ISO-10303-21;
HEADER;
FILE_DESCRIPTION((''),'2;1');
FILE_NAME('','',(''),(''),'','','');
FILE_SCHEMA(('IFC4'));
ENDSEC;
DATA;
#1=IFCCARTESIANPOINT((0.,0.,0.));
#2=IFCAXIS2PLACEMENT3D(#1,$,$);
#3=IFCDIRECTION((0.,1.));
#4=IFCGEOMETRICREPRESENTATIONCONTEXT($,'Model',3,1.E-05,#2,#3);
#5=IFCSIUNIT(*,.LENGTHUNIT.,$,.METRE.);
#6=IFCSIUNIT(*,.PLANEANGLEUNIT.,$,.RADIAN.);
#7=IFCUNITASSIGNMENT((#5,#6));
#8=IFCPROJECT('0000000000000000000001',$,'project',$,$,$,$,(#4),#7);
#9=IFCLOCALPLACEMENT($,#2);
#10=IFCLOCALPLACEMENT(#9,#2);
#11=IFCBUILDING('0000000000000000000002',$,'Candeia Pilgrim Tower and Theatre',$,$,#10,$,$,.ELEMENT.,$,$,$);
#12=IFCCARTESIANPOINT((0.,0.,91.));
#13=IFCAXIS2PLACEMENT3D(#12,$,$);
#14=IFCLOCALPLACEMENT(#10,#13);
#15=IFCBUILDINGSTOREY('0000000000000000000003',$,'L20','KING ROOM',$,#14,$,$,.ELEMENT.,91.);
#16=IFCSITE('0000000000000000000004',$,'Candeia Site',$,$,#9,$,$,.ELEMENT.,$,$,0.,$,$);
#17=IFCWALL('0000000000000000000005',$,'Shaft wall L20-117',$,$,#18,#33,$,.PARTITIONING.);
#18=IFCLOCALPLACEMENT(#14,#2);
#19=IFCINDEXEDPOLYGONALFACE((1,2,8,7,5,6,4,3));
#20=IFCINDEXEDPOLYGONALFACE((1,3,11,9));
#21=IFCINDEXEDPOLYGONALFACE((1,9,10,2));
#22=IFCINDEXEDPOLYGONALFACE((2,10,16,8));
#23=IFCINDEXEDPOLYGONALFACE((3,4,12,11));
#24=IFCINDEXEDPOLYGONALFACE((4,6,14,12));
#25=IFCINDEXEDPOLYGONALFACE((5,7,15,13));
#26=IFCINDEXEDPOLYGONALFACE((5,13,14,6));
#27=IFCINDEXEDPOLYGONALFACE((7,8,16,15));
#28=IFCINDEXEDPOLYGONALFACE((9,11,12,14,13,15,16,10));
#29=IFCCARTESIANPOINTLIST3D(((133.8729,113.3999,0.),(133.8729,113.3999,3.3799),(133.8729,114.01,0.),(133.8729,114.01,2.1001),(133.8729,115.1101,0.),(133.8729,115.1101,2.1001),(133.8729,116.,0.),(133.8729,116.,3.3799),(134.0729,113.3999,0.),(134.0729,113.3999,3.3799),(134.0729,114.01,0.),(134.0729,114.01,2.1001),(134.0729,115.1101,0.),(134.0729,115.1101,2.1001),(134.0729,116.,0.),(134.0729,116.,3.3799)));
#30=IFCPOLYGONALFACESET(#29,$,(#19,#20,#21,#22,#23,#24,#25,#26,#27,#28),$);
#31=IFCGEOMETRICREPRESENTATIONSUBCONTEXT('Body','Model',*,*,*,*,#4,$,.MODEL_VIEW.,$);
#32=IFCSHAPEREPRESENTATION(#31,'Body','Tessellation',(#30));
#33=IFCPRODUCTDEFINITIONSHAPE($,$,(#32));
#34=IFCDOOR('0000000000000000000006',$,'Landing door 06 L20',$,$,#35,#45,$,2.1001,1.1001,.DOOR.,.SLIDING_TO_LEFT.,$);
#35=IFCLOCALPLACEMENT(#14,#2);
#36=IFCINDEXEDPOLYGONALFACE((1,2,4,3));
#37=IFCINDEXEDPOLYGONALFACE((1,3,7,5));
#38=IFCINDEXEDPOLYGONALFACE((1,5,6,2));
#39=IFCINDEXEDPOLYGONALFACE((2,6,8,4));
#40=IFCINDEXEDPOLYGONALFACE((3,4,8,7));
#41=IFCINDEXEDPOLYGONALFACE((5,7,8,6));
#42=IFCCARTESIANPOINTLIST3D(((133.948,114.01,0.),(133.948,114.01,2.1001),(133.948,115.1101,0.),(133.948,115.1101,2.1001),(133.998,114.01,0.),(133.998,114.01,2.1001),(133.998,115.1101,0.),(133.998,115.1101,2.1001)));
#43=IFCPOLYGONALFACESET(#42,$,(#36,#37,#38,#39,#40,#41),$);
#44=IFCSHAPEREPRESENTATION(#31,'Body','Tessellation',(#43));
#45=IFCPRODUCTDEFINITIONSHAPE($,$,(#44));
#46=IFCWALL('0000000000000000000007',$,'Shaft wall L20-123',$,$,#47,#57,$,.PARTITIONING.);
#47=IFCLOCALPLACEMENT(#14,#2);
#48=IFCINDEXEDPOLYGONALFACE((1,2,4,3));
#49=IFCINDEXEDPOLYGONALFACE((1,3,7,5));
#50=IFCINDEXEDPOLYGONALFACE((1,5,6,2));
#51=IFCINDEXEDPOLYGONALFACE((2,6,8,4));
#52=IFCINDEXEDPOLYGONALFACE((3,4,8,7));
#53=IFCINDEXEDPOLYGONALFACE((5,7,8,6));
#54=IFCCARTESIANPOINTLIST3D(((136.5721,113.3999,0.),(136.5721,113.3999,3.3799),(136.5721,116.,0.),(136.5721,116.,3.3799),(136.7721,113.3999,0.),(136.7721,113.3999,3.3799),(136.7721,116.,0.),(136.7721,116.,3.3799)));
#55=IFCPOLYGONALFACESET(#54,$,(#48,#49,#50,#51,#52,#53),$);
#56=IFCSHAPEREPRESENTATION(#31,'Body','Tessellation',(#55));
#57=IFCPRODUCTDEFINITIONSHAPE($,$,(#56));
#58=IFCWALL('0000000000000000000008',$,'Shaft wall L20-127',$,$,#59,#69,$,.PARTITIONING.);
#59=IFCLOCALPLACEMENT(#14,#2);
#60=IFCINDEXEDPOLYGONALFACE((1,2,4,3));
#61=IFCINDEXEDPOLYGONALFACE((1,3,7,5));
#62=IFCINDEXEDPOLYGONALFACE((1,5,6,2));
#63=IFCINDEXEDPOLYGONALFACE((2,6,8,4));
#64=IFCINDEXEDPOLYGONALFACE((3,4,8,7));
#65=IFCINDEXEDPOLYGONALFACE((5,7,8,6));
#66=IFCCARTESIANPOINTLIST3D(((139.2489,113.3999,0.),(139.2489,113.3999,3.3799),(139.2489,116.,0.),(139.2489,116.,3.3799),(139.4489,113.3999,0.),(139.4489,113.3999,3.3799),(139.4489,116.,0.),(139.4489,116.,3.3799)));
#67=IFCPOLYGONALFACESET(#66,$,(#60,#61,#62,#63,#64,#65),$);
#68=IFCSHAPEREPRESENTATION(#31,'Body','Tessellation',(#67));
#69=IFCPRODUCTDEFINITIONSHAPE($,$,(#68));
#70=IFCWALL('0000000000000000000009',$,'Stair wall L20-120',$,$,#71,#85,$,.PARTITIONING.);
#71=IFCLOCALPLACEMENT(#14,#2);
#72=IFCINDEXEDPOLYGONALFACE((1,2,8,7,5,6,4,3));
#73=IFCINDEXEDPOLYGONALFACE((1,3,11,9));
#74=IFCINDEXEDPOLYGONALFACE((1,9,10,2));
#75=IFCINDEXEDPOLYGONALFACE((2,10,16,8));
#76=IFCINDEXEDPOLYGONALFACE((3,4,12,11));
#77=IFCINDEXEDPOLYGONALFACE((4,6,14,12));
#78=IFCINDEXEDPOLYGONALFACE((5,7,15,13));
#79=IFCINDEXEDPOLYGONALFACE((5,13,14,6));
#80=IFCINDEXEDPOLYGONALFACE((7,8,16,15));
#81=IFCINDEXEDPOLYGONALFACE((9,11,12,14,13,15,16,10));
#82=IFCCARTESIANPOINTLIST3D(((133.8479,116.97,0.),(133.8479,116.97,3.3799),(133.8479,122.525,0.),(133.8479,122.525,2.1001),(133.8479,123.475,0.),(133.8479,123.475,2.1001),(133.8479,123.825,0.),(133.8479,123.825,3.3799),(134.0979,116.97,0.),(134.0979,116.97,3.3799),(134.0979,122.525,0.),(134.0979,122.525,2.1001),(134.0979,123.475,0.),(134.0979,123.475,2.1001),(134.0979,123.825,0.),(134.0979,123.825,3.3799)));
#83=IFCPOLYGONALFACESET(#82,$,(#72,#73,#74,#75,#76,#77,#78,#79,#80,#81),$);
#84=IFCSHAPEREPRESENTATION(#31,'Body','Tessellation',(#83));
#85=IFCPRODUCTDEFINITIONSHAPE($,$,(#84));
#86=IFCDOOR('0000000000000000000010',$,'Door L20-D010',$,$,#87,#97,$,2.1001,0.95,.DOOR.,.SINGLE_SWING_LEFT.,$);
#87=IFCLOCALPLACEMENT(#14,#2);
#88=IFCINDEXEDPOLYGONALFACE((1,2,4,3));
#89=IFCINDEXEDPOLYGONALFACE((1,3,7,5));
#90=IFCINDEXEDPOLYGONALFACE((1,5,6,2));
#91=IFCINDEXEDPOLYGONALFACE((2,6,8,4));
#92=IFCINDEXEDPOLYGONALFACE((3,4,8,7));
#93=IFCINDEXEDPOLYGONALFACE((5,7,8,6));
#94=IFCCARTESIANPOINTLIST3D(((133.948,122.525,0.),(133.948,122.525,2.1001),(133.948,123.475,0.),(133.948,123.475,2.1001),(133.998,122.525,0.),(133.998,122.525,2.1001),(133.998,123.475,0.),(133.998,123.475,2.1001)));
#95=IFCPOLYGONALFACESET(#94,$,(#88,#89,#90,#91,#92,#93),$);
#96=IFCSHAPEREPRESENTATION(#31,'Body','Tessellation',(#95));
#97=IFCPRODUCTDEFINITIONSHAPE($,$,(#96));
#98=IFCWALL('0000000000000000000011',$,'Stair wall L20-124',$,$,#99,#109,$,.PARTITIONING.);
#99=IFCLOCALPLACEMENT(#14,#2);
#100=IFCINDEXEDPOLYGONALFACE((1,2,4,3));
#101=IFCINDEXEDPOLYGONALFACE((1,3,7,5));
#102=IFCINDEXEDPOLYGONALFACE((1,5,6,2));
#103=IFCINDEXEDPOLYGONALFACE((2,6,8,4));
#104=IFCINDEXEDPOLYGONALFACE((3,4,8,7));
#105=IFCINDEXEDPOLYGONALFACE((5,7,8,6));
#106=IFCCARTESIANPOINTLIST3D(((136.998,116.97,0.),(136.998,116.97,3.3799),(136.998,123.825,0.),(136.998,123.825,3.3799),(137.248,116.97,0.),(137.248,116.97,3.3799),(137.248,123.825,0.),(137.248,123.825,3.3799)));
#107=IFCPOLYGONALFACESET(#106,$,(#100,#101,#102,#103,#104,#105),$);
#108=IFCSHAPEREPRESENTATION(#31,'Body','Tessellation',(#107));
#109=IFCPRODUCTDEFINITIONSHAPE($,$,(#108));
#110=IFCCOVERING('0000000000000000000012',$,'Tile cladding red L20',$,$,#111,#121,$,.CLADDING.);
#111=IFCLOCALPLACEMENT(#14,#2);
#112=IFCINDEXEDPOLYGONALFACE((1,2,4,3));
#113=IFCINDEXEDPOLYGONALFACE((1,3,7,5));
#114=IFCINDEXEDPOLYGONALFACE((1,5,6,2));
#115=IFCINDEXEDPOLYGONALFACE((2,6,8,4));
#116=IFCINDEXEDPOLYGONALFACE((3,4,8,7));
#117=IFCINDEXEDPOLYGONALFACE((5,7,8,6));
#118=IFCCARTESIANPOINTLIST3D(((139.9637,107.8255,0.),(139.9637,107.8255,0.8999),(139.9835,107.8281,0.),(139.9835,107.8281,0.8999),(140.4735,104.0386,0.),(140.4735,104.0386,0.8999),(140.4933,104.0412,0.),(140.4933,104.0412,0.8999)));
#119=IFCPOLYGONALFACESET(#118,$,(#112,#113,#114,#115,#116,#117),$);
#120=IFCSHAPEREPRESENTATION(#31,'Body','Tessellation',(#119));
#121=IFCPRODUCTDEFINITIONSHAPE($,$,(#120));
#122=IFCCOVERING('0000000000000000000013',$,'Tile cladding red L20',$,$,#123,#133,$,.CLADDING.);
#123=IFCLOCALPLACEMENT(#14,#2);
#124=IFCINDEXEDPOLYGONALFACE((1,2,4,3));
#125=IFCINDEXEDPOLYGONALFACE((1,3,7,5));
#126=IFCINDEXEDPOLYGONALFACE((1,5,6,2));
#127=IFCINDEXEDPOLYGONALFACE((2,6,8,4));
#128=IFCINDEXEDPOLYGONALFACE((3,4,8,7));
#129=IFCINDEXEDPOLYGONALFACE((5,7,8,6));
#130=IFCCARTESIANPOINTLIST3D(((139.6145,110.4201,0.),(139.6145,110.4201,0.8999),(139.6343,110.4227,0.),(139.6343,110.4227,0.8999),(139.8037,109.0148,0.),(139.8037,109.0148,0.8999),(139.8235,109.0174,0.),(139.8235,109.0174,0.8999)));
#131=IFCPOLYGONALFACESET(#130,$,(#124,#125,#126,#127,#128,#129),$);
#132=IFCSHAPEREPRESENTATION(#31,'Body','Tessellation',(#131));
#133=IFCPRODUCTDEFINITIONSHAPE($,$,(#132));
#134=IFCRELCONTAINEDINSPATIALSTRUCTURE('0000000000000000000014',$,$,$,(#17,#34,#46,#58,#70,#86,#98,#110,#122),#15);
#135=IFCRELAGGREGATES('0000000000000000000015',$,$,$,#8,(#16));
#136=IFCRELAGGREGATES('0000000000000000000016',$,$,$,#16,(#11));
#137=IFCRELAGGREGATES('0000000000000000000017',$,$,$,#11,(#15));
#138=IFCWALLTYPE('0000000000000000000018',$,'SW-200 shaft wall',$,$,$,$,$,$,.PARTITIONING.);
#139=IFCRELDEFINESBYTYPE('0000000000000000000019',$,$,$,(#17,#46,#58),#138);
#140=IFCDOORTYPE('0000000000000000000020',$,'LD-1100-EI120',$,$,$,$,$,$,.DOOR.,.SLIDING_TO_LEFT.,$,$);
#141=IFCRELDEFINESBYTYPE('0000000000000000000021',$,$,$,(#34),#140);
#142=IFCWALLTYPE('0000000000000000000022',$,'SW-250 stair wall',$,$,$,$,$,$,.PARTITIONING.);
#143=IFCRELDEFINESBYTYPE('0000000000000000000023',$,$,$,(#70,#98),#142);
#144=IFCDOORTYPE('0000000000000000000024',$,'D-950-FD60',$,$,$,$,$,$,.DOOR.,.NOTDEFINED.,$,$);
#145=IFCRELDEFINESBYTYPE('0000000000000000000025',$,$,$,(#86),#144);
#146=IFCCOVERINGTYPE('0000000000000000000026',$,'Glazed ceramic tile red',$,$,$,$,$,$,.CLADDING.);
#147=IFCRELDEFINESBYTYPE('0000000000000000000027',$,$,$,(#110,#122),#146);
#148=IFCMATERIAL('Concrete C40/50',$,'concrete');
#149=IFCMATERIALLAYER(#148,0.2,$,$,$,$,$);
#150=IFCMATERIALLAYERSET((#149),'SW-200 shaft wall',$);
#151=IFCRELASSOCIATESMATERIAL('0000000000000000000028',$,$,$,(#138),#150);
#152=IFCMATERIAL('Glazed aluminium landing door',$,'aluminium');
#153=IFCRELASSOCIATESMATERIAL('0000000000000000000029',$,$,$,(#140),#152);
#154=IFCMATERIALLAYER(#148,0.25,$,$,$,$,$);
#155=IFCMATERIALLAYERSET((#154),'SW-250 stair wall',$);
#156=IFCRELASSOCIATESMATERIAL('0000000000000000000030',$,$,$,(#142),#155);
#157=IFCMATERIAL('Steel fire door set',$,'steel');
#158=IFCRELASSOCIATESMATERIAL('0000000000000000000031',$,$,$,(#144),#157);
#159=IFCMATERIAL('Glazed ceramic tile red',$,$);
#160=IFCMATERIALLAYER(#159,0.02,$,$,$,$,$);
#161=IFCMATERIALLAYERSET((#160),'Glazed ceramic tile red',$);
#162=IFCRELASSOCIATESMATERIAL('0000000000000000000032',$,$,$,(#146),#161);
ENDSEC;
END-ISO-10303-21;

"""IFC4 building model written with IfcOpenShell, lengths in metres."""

from ifc_helpers import new_model, si_unit, direction, frame, frame_2d, origin, origin_2d, place, context, subcontext, project, spatial, rectangle, extrude, material, layer, layer_set, type_object, element, fill, save


model = new_model("IFC4")

# Units and contexts
model_context = context("Model", 3, precision=1e-05, world=origin(), true_north=direction((0.0, 1.0)))
body_context = subcontext(model_context, "Body", "Model", "MODEL_VIEW")
ifc_project = project(units=[si_unit("LENGTHUNIT", "METRE"), si_unit("PLANEANGLEUNIT", "RADIAN")], contexts=[model_context])

# Site, building, storey
site_placement = place(None, origin())
site = spatial("IfcSite", under=ifc_project, at=site_placement, Name="Candeia Site", CompositionType="ELEMENT", RefElevation=0.0)
building_placement = place(site_placement, origin())
building = spatial("IfcBuilding", under=site, at=building_placement, Name="Candeia Pilgrim Tower and Theatre", CompositionType="ELEMENT")
storey_placement = place(building_placement, frame((0.0, 0.0, 91.0)))
storey = spatial("IfcBuildingStorey", under=building, at=storey_placement, Name="L20", Description="KING ROOM", CompositionType="ELEMENT", Elevation=91.0)

# Shared definitions
ifc_material_1 = material(Name="Steel fire door set", Category="steel")

# Shared definitions
ifc_material_2 = material(Name="Concrete C40/50", Category="concrete")
ifc_layer_1 = layer(ifc_material_2, 0.2)
ifc_layer_set_1 = layer_set([ifc_layer_1], Name="SW-200 shaft wall")
wall_type_1 = type_object("IfcWallType", Name="SW-200 shaft wall", PredefinedType="PARTITIONING", material=ifc_layer_set_1)

# Wall, opening, door
wall_1_placement = place(storey_placement, frame((133.9729, 113.3999, 0.0), z_axis=(0.0, 0.0, 1.0), x_axis=(0.0, 1.0, 0.0)))
wall_1 = element("IfcWall", 1, at=wall_1_placement, inside=storey, type_object=wall_type_1, Name="Shaft wall L20-117", PredefinedType="PARTITIONING", context=body_context, shape_type="SweptSolid", body=[
    extrude(rectangle(XDim=2.6001, YDim=0.2, at=frame_2d((1.3, 0.0))), origin(), (0.0, 0.0, 1.0), 3.3799),
])
opening_1_placement = place(wall_1_placement, frame((0.6101, 0.0, 0.0)))
opening_1 = element("IfcOpeningElement", 2, at=opening_1_placement, cuts=wall_1, PredefinedType="OPENING", context=body_context, shape_type="SweptSolid", body=[
    extrude(rectangle(XDim=1.1001, YDim=2.1001, at=frame_2d((0.55, 1.05))), frame((0.0, 0.1099, 0.0), z_axis=(0.0, -1.0, 0.0), x_axis=(1.0, 0.0, 0.0)), (0.0, 0.0, 1.0), 0.22),
])
ifc_material_3 = material(Name="Glazed aluminium landing door", Category="aluminium")
door_type_1 = type_object("IfcDoorType", Name="LD-1100-EI120", OperationType="SLIDING_TO_LEFT", PredefinedType="DOOR", material=ifc_material_3)
door_1_placement = place(opening_1_placement, origin())
door_1 = element("IfcDoor", 3, at=door_1_placement, inside=storey, type_object=door_type_1, Name="Landing door 06 L20", OperationType="SLIDING_TO_LEFT", OverallHeight=2.1001, OverallWidth=1.1001, PredefinedType="DOOR", context=body_context, shape_type="SweptSolid", body=[
    extrude(rectangle(XDim=1.1001, YDim=2.1001, at=frame_2d((0.55, 1.05))), frame((0.0, 0.0249, 0.0), z_axis=(0.0, -1.0, 0.0), x_axis=(1.0, 0.0, 0.0)), (0.0, 0.0, 1.0), 0.05),
])
fill(opening_1, door_1)

# Walls
for number, where, z_axis, x_axis, name in (
    (4, (136.6721, 113.3999, 0.0), (0.0, 0.0, 1.0), (0.0, 1.0, 0.0), "Shaft wall L20-123"),
    (5, (139.3489, 113.3999, 0.0), (0.0, 0.0, 1.0), (0.0, 1.0, 0.0), "Shaft wall L20-127"),
):
    element("IfcWall", number, at=place(storey_placement, frame(where, z_axis=z_axis, x_axis=x_axis)), inside=storey, type_object=wall_type_1, Name=name, PredefinedType="PARTITIONING", context=body_context, shape_type="SweptSolid", body=[
        extrude(rectangle(XDim=2.6001, YDim=0.2, at=frame_2d((1.3, 0.0))), origin(), (0.0, 0.0, 1.0), 3.3799),
    ])

# Wall, opening, door
ifc_layer_2 = layer(ifc_material_2, 0.25)
ifc_layer_set_2 = layer_set([ifc_layer_2], Name="SW-250 stair wall")
wall_type_2 = type_object("IfcWallType", Name="SW-250 stair wall", PredefinedType="PARTITIONING", material=ifc_layer_set_2)
wall_2_placement = place(storey_placement, frame((133.9729, 116.97, 0.0), z_axis=(0.0, 0.0, 1.0), x_axis=(0.0, 1.0, 0.0)))
wall_2 = element("IfcWall", 6, at=wall_2_placement, inside=storey, type_object=wall_type_2, Name="Stair wall L20-120", PredefinedType="PARTITIONING", context=body_context, shape_type="SweptSolid", body=[
    extrude(rectangle(XDim=6.855, YDim=0.25, at=frame_2d((3.4275, 0.0))), origin(), (0.0, 0.0, 1.0), 3.3799),
])
opening_2_placement = place(wall_2_placement, frame((5.5549, 0.0, 0.0)))
opening_2 = element("IfcOpeningElement", 7, at=opening_2_placement, cuts=wall_2, PredefinedType="OPENING", context=body_context, shape_type="SweptSolid", body=[
    extrude(rectangle(XDim=0.95, YDim=2.1001, at=frame_2d((0.4751, 1.05))), frame((0.0, 0.135, 0.0), z_axis=(0.0, -1.0, 0.0), x_axis=(1.0, 0.0, 0.0)), (0.0, 0.0, 1.0), 0.27),
])
door_type_2 = type_object("IfcDoorType", Name="D-950-FD60", OperationType="NOTDEFINED", PredefinedType="DOOR", material=ifc_material_1)
door_2_placement = place(opening_2_placement, origin())
door_2 = element("IfcDoor", 8, at=door_2_placement, inside=storey, type_object=door_type_2, Name="Door L20-D010", OperationType="SINGLE_SWING_LEFT", OverallHeight=2.1001, OverallWidth=0.95, PredefinedType="DOOR", context=body_context, shape_type="SweptSolid", body=[
    extrude(rectangle(XDim=0.95, YDim=2.1001, at=frame_2d((0.4751, 1.05))), frame((0.0, 0.0249, 0.0), z_axis=(0.0, -1.0, 0.0), x_axis=(1.0, 0.0, 0.0)), (0.0, 0.0, 1.0), 0.05),
])
fill(opening_2, door_2)

# Wall
wall_3_placement = place(storey_placement, frame((137.123, 116.97, 0.0), z_axis=(0.0, 0.0, 1.0), x_axis=(0.0, 1.0, 0.0)))
element("IfcWall", 9, at=wall_3_placement, inside=storey, type_object=wall_type_2, Name="Stair wall L20-124", PredefinedType="PARTITIONING", context=body_context, shape_type="SweptSolid", body=[
    extrude(rectangle(XDim=6.855, YDim=0.25, at=frame_2d((3.4275, 0.0))), origin(), (0.0, 0.0, 1.0), 3.3799),
])

# Coverings
ifc_material_4 = material(Name="Glazed ceramic tile red")
ifc_layer_3 = layer(ifc_material_4, 0.02)
ifc_layer_set_3 = layer_set([ifc_layer_3], Name="Glazed ceramic tile red")
covering_type = type_object("IfcCoveringType", Name="Glazed ceramic tile red", PredefinedType="CLADDING", material=ifc_layer_set_3)
covering_1_placement = place(storey_placement, frame((140.2285, 105.9333, 0.0), z_axis=(0.0, 0.0, 1.0), x_axis=(-0.133412, 0.991061, 0.0)))
element("IfcCovering", 10, at=covering_1_placement, inside=storey, type_object=covering_type, Name="Tile cladding red L20", PredefinedType="CLADDING", context=body_context, shape_type="SweptSolid", body=[
    extrude(rectangle(XDim=3.821, YDim=0.02, at=origin_2d()), origin(), (0.0, 0.0, 1.0), 0.8999),
])
covering_2_placement = place(storey_placement, frame((139.719, 109.7188, 0.0), z_axis=(0.0, 0.0, 1.0), x_axis=(-0.133412, 0.991061, 0.0)))
element("IfcCovering", 11, at=covering_2_placement, inside=storey, type_object=covering_type, Name="Tile cladding red L20", PredefinedType="CLADDING", context=body_context, shape_type="SweptSolid", body=[
    extrude(rectangle(XDim=1.418, YDim=0.02, at=origin_2d()), origin(), (0.0, 0.0, 1.0), 0.8999),
])

save(model, "model.ifc")
